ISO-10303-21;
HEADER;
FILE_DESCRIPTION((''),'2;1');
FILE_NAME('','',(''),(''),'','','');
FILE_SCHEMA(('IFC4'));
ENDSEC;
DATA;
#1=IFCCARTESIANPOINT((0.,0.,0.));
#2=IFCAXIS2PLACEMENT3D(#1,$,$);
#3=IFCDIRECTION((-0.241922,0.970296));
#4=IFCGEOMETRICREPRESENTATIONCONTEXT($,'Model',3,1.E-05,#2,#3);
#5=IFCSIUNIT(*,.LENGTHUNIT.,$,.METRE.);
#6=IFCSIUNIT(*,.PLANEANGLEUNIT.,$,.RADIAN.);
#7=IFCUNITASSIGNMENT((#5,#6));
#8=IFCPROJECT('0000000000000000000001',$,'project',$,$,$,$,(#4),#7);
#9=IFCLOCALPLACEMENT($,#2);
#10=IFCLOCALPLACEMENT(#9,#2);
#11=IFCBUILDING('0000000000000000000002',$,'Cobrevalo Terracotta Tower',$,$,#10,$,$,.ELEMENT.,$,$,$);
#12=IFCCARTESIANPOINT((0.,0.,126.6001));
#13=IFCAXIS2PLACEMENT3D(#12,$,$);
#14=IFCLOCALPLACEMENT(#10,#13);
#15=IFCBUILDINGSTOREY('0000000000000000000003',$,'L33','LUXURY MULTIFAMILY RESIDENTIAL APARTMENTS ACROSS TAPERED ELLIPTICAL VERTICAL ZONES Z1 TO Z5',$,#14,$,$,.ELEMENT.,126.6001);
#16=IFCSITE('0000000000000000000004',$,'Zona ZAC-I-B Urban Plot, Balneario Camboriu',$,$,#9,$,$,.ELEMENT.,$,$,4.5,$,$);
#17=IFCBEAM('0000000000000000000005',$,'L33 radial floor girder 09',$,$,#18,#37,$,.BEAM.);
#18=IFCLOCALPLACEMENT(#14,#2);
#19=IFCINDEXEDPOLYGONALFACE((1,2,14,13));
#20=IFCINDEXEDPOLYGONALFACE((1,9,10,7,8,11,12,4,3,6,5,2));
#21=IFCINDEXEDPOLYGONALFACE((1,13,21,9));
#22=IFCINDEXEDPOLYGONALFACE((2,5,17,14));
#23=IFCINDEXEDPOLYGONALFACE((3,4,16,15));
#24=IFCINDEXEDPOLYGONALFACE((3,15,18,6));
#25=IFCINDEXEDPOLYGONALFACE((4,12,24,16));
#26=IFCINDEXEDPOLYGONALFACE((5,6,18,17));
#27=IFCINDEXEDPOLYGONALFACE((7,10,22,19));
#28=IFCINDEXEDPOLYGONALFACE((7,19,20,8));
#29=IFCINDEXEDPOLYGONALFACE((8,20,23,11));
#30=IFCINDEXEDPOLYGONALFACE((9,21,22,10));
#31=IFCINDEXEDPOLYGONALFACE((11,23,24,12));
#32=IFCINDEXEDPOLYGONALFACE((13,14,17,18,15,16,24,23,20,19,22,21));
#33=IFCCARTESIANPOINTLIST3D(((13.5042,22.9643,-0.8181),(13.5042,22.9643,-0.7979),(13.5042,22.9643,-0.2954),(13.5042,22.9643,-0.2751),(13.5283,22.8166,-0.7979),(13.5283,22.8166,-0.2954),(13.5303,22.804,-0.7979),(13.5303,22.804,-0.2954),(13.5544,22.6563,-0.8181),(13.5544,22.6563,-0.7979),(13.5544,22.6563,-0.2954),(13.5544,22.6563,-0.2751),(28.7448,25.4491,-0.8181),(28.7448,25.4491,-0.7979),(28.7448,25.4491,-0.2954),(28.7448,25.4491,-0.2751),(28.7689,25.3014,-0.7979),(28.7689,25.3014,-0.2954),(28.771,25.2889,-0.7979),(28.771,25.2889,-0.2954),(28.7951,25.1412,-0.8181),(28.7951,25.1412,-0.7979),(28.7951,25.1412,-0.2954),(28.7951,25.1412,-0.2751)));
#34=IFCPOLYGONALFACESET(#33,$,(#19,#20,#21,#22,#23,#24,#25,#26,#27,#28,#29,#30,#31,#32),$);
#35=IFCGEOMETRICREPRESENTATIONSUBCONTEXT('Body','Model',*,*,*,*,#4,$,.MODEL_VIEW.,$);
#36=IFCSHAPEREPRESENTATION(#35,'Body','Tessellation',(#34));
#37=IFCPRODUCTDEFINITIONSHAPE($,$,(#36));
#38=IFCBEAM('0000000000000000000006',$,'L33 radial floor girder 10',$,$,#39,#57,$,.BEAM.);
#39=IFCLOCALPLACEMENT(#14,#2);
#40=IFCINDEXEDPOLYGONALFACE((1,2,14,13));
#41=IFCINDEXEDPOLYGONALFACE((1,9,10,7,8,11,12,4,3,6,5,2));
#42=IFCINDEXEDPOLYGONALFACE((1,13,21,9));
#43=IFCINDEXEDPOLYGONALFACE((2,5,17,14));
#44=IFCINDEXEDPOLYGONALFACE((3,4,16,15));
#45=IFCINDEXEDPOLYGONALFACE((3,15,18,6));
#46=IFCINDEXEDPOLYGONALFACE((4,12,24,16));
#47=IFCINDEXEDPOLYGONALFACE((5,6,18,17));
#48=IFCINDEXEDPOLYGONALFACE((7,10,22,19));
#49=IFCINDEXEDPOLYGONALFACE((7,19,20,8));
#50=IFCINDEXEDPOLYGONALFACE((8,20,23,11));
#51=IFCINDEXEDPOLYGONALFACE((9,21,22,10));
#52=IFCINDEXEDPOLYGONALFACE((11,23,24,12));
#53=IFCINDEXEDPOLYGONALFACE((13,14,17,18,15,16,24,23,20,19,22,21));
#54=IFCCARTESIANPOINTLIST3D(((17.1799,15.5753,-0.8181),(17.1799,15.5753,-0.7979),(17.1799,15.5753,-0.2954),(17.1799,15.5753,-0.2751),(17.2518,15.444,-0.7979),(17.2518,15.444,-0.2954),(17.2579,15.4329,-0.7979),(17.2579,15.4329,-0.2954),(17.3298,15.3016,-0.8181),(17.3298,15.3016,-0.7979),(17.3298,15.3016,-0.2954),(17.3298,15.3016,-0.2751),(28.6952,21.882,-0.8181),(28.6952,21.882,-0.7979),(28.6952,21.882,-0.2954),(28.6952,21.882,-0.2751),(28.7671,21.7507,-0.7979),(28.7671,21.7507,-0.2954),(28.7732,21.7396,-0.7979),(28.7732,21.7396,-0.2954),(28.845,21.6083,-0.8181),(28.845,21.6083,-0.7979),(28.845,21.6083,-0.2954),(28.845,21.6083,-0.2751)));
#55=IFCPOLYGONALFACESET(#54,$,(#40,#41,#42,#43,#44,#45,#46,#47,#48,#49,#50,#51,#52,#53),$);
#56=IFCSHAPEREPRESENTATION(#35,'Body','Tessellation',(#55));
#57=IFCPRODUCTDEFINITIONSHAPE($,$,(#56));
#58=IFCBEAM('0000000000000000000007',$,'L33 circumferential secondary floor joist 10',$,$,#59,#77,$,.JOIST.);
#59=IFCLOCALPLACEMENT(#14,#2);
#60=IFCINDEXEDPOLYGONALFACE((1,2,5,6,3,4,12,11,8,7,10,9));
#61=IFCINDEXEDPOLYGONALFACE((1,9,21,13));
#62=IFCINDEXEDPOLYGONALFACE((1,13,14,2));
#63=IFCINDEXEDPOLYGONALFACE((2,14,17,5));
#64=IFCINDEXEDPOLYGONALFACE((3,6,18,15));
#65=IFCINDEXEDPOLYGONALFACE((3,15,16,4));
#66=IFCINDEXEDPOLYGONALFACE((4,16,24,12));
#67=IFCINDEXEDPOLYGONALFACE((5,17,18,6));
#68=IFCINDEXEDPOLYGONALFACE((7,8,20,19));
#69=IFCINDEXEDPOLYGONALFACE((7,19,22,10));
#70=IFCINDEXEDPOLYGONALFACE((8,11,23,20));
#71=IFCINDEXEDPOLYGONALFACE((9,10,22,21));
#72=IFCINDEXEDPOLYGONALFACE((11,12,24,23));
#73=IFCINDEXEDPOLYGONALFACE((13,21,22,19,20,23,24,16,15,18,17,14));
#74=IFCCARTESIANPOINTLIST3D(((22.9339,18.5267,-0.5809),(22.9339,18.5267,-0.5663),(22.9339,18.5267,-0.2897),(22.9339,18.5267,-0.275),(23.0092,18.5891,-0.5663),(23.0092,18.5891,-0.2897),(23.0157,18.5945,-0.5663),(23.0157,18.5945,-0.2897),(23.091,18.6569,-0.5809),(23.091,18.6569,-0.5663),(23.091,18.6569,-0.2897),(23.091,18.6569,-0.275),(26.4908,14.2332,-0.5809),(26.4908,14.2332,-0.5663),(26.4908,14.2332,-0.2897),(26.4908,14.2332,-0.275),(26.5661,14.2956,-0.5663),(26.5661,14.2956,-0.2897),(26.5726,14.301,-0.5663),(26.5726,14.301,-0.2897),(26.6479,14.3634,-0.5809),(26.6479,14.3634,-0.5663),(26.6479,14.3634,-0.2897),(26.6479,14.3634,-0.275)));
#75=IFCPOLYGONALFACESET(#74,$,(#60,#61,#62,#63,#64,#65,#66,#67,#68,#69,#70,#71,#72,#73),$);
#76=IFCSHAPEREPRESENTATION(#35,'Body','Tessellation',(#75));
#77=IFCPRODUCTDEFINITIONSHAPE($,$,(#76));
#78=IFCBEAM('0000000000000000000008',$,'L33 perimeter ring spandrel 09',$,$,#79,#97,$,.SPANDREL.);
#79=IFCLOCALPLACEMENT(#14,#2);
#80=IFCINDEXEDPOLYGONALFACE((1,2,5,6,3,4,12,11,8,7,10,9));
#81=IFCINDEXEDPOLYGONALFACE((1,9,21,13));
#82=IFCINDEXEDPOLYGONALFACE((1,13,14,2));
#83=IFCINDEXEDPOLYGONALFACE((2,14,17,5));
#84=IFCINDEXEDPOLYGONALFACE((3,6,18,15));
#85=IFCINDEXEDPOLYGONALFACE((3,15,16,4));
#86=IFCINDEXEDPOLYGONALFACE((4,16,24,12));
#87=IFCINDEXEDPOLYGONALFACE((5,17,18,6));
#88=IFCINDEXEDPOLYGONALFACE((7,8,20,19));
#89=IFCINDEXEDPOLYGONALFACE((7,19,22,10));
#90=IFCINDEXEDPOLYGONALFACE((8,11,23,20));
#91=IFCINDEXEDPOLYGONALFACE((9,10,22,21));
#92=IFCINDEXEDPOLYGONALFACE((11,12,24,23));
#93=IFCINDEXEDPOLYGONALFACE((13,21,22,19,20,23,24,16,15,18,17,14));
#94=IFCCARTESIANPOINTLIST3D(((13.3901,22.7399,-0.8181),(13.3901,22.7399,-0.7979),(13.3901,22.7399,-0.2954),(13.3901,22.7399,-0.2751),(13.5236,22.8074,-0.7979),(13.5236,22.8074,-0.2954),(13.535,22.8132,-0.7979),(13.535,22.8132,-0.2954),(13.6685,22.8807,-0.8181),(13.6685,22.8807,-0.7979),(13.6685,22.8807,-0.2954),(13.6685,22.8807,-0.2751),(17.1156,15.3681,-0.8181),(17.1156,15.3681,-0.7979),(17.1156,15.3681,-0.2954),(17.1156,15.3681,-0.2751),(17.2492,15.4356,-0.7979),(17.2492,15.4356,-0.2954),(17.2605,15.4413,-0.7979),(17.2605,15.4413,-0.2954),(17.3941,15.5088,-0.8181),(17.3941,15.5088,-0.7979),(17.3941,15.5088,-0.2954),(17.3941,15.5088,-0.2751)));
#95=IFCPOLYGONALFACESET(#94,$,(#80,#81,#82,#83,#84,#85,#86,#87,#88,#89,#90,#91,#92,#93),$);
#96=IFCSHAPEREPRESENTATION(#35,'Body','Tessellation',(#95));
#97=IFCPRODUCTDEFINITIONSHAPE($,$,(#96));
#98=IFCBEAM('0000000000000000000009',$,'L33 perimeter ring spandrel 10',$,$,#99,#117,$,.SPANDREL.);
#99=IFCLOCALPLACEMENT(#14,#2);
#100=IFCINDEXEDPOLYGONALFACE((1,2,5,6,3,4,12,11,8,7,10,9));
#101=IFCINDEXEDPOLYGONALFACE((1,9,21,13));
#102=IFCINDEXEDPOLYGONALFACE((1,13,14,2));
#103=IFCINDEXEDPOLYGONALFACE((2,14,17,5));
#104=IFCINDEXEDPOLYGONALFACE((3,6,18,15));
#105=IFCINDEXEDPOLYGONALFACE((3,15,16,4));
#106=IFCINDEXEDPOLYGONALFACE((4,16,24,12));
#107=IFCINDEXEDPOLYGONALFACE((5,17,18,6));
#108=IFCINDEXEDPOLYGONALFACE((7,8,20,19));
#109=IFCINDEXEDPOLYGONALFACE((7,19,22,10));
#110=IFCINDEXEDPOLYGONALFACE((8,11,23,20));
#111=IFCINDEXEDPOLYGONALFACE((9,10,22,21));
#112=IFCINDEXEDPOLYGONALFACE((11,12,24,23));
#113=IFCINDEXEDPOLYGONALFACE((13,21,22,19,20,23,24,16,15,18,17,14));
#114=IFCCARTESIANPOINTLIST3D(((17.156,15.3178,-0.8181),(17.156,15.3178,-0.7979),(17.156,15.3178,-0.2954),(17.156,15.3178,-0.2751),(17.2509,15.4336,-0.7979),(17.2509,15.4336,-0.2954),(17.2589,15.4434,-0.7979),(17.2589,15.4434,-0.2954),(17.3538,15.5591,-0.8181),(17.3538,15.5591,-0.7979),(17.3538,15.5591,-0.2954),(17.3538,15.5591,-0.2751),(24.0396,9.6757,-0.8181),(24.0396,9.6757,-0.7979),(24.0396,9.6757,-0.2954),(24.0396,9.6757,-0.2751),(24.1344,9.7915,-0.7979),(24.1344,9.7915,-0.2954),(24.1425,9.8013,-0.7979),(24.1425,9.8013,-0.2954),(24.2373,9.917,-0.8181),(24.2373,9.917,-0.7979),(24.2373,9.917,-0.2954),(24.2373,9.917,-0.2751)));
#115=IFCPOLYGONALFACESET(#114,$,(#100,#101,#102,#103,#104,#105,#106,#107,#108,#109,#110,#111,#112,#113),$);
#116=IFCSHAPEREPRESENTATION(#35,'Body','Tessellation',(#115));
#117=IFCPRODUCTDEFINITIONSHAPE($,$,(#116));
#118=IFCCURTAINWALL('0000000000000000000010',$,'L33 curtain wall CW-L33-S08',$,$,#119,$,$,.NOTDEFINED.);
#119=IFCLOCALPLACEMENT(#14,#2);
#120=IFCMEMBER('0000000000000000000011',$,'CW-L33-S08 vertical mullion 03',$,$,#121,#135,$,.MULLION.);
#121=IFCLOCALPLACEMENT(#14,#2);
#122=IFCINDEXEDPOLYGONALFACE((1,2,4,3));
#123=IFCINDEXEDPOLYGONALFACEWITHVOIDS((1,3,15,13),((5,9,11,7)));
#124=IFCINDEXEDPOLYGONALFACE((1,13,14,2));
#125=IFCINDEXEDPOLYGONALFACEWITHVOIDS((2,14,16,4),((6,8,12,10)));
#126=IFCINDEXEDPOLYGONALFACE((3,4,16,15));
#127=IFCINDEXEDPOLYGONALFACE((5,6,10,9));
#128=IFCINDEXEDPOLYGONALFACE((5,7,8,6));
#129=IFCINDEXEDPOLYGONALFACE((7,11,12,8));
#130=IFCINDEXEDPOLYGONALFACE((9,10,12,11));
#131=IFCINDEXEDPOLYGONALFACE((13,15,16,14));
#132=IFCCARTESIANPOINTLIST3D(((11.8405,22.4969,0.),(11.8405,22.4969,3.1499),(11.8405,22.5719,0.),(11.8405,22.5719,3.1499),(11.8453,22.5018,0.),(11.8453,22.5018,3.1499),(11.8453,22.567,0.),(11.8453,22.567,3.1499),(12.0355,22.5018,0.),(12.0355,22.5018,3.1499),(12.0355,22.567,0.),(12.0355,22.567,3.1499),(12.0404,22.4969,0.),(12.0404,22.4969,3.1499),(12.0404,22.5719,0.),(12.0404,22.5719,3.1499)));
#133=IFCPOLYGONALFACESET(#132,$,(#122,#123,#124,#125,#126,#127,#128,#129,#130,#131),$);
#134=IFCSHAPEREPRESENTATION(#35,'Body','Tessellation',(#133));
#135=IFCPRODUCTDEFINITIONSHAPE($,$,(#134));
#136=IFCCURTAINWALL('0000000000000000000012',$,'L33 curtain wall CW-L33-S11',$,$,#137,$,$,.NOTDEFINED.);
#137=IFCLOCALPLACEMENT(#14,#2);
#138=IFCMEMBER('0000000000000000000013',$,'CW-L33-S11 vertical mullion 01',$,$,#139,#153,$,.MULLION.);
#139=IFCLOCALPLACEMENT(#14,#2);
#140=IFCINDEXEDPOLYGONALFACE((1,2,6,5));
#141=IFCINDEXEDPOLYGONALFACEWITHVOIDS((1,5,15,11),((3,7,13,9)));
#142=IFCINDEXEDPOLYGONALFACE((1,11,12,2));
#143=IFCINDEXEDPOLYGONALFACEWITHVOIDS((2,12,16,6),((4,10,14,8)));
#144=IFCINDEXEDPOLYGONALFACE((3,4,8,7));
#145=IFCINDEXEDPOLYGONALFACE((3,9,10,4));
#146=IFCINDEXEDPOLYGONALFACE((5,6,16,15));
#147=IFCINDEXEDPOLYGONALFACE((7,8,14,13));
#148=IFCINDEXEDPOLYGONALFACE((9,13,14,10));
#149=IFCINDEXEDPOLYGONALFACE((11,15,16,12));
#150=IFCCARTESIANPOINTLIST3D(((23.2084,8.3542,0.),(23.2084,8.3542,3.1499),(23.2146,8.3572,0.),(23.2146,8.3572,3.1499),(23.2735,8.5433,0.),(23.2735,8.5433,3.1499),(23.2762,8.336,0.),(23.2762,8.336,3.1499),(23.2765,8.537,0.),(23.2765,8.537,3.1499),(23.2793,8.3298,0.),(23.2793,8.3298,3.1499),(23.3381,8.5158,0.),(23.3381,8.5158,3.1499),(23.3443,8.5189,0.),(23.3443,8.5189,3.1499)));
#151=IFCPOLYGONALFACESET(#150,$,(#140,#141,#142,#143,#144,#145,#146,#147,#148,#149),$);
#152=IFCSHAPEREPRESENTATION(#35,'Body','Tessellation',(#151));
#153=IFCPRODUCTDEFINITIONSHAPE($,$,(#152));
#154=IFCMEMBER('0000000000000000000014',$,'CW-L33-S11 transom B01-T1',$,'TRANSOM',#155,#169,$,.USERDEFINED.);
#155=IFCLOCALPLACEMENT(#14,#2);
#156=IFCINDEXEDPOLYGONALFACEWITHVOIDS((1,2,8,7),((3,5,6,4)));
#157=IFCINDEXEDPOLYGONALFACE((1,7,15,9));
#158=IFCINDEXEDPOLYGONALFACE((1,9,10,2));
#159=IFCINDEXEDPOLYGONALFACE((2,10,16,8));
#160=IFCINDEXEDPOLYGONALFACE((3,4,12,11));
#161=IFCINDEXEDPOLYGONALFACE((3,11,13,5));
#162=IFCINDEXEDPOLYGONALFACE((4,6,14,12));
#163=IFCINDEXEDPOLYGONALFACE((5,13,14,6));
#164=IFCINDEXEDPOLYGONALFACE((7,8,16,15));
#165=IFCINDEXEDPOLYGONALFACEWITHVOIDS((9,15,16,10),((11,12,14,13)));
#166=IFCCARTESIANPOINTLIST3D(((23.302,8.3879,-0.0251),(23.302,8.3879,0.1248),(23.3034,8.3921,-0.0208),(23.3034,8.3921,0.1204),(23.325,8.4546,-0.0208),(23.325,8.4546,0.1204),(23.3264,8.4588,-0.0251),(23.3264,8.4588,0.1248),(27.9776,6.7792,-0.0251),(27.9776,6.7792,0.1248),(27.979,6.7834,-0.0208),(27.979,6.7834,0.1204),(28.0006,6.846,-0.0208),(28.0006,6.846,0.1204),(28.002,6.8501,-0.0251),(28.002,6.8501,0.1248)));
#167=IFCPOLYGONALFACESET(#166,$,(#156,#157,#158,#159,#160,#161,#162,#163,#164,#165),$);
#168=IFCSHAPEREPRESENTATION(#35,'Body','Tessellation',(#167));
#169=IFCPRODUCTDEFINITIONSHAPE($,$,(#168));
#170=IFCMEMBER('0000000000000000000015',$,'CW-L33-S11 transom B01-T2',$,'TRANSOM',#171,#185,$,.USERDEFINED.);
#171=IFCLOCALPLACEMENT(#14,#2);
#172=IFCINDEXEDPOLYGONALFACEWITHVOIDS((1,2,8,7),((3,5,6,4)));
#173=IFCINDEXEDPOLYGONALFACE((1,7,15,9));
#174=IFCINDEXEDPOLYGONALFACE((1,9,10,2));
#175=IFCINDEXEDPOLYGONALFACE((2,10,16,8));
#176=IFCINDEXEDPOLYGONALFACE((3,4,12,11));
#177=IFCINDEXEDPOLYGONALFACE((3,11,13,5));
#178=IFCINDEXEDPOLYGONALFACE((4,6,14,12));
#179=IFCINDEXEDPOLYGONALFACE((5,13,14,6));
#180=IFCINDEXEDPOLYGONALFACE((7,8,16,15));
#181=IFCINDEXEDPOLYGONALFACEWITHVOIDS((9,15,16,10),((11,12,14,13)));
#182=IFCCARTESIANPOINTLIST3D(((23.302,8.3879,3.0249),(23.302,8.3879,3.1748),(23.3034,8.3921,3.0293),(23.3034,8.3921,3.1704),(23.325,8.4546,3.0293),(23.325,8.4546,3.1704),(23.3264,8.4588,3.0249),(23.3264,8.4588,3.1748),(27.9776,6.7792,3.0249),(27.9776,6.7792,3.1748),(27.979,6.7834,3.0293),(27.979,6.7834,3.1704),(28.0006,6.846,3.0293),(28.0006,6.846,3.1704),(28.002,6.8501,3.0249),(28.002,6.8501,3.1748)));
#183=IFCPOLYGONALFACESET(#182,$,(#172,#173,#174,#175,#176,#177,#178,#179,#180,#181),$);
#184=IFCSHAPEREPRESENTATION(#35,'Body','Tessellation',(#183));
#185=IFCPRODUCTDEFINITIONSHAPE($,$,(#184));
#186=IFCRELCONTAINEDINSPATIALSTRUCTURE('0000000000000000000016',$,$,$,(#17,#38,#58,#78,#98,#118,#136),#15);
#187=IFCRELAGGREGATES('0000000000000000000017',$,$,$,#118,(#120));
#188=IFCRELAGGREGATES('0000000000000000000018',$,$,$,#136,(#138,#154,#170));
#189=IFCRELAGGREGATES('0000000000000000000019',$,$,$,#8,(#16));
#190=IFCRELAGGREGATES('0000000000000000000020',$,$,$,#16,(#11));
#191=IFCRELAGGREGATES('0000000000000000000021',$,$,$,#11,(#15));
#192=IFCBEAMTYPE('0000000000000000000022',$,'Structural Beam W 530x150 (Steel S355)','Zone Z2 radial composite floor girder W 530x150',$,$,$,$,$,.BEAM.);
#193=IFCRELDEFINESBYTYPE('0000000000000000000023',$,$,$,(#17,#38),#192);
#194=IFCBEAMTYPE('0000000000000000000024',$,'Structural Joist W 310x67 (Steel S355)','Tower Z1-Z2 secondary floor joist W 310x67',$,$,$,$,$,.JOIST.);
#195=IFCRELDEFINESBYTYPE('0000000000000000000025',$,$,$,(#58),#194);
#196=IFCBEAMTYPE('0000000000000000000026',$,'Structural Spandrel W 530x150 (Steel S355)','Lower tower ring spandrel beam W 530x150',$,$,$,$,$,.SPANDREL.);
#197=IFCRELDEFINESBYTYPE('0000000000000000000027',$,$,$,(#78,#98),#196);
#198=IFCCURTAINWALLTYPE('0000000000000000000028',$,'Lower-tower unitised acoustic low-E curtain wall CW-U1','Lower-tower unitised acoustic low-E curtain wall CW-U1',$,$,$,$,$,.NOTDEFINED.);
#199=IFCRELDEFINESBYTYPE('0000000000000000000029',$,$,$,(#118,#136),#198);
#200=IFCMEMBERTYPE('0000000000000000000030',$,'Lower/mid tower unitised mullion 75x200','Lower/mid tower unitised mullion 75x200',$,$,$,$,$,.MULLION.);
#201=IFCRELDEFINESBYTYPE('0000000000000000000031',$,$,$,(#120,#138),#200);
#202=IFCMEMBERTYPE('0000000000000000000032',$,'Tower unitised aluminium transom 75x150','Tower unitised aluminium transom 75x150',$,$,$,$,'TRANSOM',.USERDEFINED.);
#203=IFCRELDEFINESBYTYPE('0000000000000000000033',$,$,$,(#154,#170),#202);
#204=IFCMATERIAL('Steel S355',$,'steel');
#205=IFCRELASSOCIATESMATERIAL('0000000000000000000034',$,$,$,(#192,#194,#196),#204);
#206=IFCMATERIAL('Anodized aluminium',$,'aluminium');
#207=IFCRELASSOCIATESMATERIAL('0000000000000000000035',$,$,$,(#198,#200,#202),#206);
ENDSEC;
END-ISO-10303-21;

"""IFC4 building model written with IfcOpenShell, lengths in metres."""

from ifc_helpers import new_model, si_unit, direction, frame, origin, origin_2d, place, context, subcontext, project, spatial, hollow_rectangle, i_section, extrude, source, transform, mapped, material, material_profile, profile_set, type_object, element, aggregate, save


model = new_model("IFC4")

# Units and contexts
model_context = context("Model", 3, precision=1e-05, world=origin(), true_north=direction((-0.241922, 0.970296)))
body_context = subcontext(model_context, "Body", "Model", "MODEL_VIEW")
ifc_project = project(units=[si_unit("LENGTHUNIT", "METRE"), si_unit("PLANEANGLEUNIT", "RADIAN")], contexts=[model_context])

# Site, building, storey
site_placement = place(None, origin())
site = spatial("IfcSite", under=ifc_project, at=site_placement, Name="Zona ZAC-I-B Urban Plot, Balneario Camboriu", CompositionType="ELEMENT", RefElevation=4.5)
building_placement = place(site_placement, origin())
building = spatial("IfcBuilding", under=site, at=building_placement, Name="Cobrevalo Terracotta Tower", CompositionType="ELEMENT")
storey_placement = place(building_placement, frame((0.0, 0.0, 126.6001)))
storey = spatial("IfcBuildingStorey", under=building, at=storey_placement, Name="L33", Description="LUXURY MULTIFAMILY RESIDENTIAL APARTMENTS ACROSS TAPERED ELLIPTICAL VERTICAL ZONES Z1 TO Z5", CompositionType="ELEMENT", Elevation=126.6001)

# Shared definitions
ifc_material_1 = material(Name="Steel S355", Category="steel")

# Beams
ifc_material_profile_1 = material_profile(ifc_material_1, i_section(OverallWidth=0.312, OverallDepth=0.543, WebThickness=0.0127, FlangeThickness=0.0203, at=origin_2d()), Name="W 530x150")
ifc_profile_set_1 = profile_set([ifc_material_profile_1], Name="Steel S355")
beam_type_1 = type_object("IfcBeamType", Name="Structural Beam W 530x150 (Steel S355)", Description="Zone Z2 radial composite floor girder W 530x150", PredefinedType="BEAM", material=ifc_profile_set_1)
beam_1_placement = place(storey_placement, frame((13.5293, 22.8103, -0.5466), z_axis=(0.986968, 0.160916, 0.0), x_axis=(-0.160916, 0.986968, 0.0)))
element("IfcBeam", 1, at=beam_1_placement, inside=storey, type_object=beam_type_1, Name="L33 radial floor girder 09", PredefinedType="BEAM", context=body_context, shape_type="SweptSolid", body=[
    extrude(i_section(OverallWidth=0.312, OverallDepth=0.543, WebThickness=0.0127, FlangeThickness=0.0203, at=origin_2d()), origin(), (0.0, 0.0, 1.0), 15.4419),
])
beam_2_placement = place(storey_placement, frame((17.2549, 15.4385, -0.5466), z_axis=(0.877073, 0.480358, 0.0), x_axis=(-0.480358, 0.877073, 0.0)))
element("IfcBeam", 2, at=beam_2_placement, inside=storey, type_object=beam_type_1, Name="L33 radial floor girder 10", PredefinedType="BEAM", context=body_context, shape_type="SweptSolid", body=[
    extrude(i_section(OverallWidth=0.312, OverallDepth=0.543, WebThickness=0.0127, FlangeThickness=0.0203, at=origin_2d()), origin(), (0.0, 0.0, 1.0), 13.1292),
])
ifc_material_profile_2 = material_profile(ifc_material_1, i_section(OverallWidth=0.2041, OverallDepth=0.3059, WebThickness=0.0085, FlangeThickness=0.0146, at=origin_2d()), Name="W 310x67")
ifc_profile_set_2 = profile_set([ifc_material_profile_2], Name="Steel S355")
beam_type_2 = type_object("IfcBeamType", Name="Structural Joist W 310x67 (Steel S355)", Description="Tower Z1-Z2 secondary floor joist W 310x67", PredefinedType="JOIST", material=ifc_profile_set_2)
beam_3_placement = place(storey_placement, frame((23.0125, 18.5918, -0.428), z_axis=(0.637959, -0.77007, 0.0), x_axis=(0.77007, 0.637959, 0.0)))
element("IfcBeam", 3, at=beam_3_placement, inside=storey, type_object=beam_type_2, Name="L33 circumferential secondary floor joist 10", PredefinedType="JOIST", context=body_context, shape_type="SweptSolid", body=[
    extrude(i_section(OverallWidth=0.2041, OverallDepth=0.3059, WebThickness=0.0085, FlangeThickness=0.0146, at=origin_2d()), origin(), (0.0, 0.0, 1.0), 5.5754),
])
ifc_material_profile_3 = material_profile(ifc_material_1, i_section(OverallWidth=0.312, OverallDepth=0.543, WebThickness=0.0127, FlangeThickness=0.0203, at=origin_2d()), Name="W 530x150")
ifc_profile_set_3 = profile_set([ifc_material_profile_3], Name="Steel S355")
beam_type_3 = type_object("IfcBeamType", Name="Structural Spandrel W 530x150 (Steel S355)", Description="Lower tower ring spandrel beam W 530x150", PredefinedType="SPANDREL", material=ifc_profile_set_3)
beam_4_placement = place(storey_placement, frame((13.5293, 22.8103, -0.5466), z_axis=(0.451052, -0.892498, 0.0), x_axis=(0.892498, 0.451052, 0.0)))
element("IfcBeam", 4, at=beam_4_placement, inside=storey, type_object=beam_type_3, Name="L33 perimeter ring spandrel 09", PredefinedType="SPANDREL", context=body_context, shape_type="SweptSolid", body=[
    extrude(i_section(OverallWidth=0.312, OverallDepth=0.543, WebThickness=0.0127, FlangeThickness=0.0203, at=origin_2d()), origin(), (0.0, 0.0, 1.0), 8.2598),
])
beam_5_placement = place(storey_placement, frame((17.2549, 15.4385, -0.5466), z_axis=(0.773401, -0.633917, 0.0), x_axis=(0.633917, 0.773401, 0.0)))
element("IfcBeam", 5, at=beam_5_placement, inside=storey, type_object=beam_type_3, Name="L33 perimeter ring spandrel 10", PredefinedType="SPANDREL", context=body_context, shape_type="SweptSolid", body=[
    extrude(i_section(OverallWidth=0.312, OverallDepth=0.543, WebThickness=0.0127, FlangeThickness=0.0203, at=origin_2d()), origin(), (0.0, 0.0, 1.0), 8.9004),
])

# Curtain wall, member
ifc_material_2 = material(Name="Anodized aluminium", Category="aluminium")
curtain_wall_type = type_object("IfcCurtainWallType", Name="Lower-tower unitised acoustic low-E curtain wall CW-U1", Description="Lower-tower unitised acoustic low-E curtain wall CW-U1", PredefinedType="NOTDEFINED", material=ifc_material_2)
curtain_wall_1_placement = place(storey_placement, origin())
curtain_wall_1 = element("IfcCurtainWall", 6, at=curtain_wall_1_placement, inside=storey, type_object=curtain_wall_type, Name="L33 curtain wall CW-L33-S08", PredefinedType="NOTDEFINED")
ifc_material_profile_4 = material_profile(ifc_material_2, hollow_rectangle(XDim=0.075, YDim=0.2, WallThickness=0.0049, at=origin_2d()), Name="CWM 75x200")
ifc_profile_set_4 = profile_set([ifc_material_profile_4], Name="Anodized aluminium")
member_type_1 = type_object("IfcMemberType", Name="Lower/mid tower unitised mullion 75x200", Description="Lower/mid tower unitised mullion 75x200", PredefinedType="MULLION", material=ifc_profile_set_4)
shared_shape_1 = source(origin(), body_context, "Body", "SweptSolid", [
    extrude(hollow_rectangle(XDim=0.075, YDim=0.2, WallThickness=0.0049, at=origin_2d()), origin(), (0.0, 0.0, 1.0), 3.1499),
])
member_1_placement = place(storey_placement, frame((11.9404, 22.5344, 0.0), z_axis=(0.0, 0.0, 1.0), x_axis=(0.0, -1.0, 0.0)))
member_1 = element("IfcMember", 7, at=member_1_placement, type_object=member_type_1, Name="CW-L33-S08 vertical mullion 03", PredefinedType="MULLION", context=body_context, shape_type="MappedRepresentation", body=[
    mapped(shared_shape_1, transform((0.0, 0.0, 0.0), scale=1.0)),
])
aggregate(curtain_wall_1, [member_1])

# Curtain wall, members
curtain_wall_2_placement = place(storey_placement, origin())
curtain_wall_2 = element("IfcCurtainWall", 8, at=curtain_wall_2_placement, inside=storey, type_object=curtain_wall_type, Name="L33 curtain wall CW-L33-S11", PredefinedType="NOTDEFINED")
member_2_placement = place(storey_placement, frame((23.2764, 8.4365, 0.0), z_axis=(0.0, 0.0, 1.0), x_axis=(0.945598, -0.325337, 0.0)))
member_2 = element("IfcMember", 9, at=member_2_placement, type_object=member_type_1, Name="CW-L33-S11 vertical mullion 01", PredefinedType="MULLION", context=body_context, shape_type="MappedRepresentation", body=[
    mapped(shared_shape_1, transform((0.0, 0.0, 0.0), scale=1.0)),
])
ifc_material_profile_5 = material_profile(ifc_material_2, hollow_rectangle(XDim=0.075, YDim=0.1499, WallThickness=0.0044, at=origin_2d()), Name="CWT 75x150")
ifc_profile_set_5 = profile_set([ifc_material_profile_5], Name="Anodized aluminium")
member_type_2 = type_object("IfcMemberType", Name="Tower unitised aluminium transom 75x150", Description="Tower unitised aluminium transom 75x150", ElementType="TRANSOM", PredefinedType="USERDEFINED", material=ifc_profile_set_5)
shared_shape_2 = source(origin(), body_context, "Body", "SweptSolid", [
    extrude(hollow_rectangle(XDim=0.075, YDim=0.1499, WallThickness=0.0044, at=origin_2d()), origin(), (0.0, 0.0, 1.0), 4.9446),
])
member_3_placement = place(storey_placement, frame((23.3142, 8.4233, 0.0498), z_axis=(0.945598, -0.325338, 0.0), x_axis=(0.325338, 0.945598, 0.0)))
member_3 = element("IfcMember", 10, at=member_3_placement, type_object=member_type_2, Name="CW-L33-S11 transom B01-T1", ObjectType="TRANSOM", PredefinedType="USERDEFINED", context=body_context, shape_type="MappedRepresentation", body=[
    mapped(shared_shape_2, transform((0.0, 0.0, 0.0), scale=1.0)),
])
member_4_placement = place(storey_placement, frame((23.3142, 8.4233, 3.0999), z_axis=(0.945598, -0.325338, 0.0), x_axis=(0.325338, 0.945598, 0.0)))
member_4 = element("IfcMember", 11, at=member_4_placement, type_object=member_type_2, Name="CW-L33-S11 transom B01-T2", ObjectType="TRANSOM", PredefinedType="USERDEFINED", context=body_context, shape_type="MappedRepresentation", body=[
    mapped(shared_shape_2, transform((0.0, 0.0, 0.0), scale=1.0)),
])
aggregate(curtain_wall_2, [member_2, member_3, member_4])

save(model, "model.ifc")
